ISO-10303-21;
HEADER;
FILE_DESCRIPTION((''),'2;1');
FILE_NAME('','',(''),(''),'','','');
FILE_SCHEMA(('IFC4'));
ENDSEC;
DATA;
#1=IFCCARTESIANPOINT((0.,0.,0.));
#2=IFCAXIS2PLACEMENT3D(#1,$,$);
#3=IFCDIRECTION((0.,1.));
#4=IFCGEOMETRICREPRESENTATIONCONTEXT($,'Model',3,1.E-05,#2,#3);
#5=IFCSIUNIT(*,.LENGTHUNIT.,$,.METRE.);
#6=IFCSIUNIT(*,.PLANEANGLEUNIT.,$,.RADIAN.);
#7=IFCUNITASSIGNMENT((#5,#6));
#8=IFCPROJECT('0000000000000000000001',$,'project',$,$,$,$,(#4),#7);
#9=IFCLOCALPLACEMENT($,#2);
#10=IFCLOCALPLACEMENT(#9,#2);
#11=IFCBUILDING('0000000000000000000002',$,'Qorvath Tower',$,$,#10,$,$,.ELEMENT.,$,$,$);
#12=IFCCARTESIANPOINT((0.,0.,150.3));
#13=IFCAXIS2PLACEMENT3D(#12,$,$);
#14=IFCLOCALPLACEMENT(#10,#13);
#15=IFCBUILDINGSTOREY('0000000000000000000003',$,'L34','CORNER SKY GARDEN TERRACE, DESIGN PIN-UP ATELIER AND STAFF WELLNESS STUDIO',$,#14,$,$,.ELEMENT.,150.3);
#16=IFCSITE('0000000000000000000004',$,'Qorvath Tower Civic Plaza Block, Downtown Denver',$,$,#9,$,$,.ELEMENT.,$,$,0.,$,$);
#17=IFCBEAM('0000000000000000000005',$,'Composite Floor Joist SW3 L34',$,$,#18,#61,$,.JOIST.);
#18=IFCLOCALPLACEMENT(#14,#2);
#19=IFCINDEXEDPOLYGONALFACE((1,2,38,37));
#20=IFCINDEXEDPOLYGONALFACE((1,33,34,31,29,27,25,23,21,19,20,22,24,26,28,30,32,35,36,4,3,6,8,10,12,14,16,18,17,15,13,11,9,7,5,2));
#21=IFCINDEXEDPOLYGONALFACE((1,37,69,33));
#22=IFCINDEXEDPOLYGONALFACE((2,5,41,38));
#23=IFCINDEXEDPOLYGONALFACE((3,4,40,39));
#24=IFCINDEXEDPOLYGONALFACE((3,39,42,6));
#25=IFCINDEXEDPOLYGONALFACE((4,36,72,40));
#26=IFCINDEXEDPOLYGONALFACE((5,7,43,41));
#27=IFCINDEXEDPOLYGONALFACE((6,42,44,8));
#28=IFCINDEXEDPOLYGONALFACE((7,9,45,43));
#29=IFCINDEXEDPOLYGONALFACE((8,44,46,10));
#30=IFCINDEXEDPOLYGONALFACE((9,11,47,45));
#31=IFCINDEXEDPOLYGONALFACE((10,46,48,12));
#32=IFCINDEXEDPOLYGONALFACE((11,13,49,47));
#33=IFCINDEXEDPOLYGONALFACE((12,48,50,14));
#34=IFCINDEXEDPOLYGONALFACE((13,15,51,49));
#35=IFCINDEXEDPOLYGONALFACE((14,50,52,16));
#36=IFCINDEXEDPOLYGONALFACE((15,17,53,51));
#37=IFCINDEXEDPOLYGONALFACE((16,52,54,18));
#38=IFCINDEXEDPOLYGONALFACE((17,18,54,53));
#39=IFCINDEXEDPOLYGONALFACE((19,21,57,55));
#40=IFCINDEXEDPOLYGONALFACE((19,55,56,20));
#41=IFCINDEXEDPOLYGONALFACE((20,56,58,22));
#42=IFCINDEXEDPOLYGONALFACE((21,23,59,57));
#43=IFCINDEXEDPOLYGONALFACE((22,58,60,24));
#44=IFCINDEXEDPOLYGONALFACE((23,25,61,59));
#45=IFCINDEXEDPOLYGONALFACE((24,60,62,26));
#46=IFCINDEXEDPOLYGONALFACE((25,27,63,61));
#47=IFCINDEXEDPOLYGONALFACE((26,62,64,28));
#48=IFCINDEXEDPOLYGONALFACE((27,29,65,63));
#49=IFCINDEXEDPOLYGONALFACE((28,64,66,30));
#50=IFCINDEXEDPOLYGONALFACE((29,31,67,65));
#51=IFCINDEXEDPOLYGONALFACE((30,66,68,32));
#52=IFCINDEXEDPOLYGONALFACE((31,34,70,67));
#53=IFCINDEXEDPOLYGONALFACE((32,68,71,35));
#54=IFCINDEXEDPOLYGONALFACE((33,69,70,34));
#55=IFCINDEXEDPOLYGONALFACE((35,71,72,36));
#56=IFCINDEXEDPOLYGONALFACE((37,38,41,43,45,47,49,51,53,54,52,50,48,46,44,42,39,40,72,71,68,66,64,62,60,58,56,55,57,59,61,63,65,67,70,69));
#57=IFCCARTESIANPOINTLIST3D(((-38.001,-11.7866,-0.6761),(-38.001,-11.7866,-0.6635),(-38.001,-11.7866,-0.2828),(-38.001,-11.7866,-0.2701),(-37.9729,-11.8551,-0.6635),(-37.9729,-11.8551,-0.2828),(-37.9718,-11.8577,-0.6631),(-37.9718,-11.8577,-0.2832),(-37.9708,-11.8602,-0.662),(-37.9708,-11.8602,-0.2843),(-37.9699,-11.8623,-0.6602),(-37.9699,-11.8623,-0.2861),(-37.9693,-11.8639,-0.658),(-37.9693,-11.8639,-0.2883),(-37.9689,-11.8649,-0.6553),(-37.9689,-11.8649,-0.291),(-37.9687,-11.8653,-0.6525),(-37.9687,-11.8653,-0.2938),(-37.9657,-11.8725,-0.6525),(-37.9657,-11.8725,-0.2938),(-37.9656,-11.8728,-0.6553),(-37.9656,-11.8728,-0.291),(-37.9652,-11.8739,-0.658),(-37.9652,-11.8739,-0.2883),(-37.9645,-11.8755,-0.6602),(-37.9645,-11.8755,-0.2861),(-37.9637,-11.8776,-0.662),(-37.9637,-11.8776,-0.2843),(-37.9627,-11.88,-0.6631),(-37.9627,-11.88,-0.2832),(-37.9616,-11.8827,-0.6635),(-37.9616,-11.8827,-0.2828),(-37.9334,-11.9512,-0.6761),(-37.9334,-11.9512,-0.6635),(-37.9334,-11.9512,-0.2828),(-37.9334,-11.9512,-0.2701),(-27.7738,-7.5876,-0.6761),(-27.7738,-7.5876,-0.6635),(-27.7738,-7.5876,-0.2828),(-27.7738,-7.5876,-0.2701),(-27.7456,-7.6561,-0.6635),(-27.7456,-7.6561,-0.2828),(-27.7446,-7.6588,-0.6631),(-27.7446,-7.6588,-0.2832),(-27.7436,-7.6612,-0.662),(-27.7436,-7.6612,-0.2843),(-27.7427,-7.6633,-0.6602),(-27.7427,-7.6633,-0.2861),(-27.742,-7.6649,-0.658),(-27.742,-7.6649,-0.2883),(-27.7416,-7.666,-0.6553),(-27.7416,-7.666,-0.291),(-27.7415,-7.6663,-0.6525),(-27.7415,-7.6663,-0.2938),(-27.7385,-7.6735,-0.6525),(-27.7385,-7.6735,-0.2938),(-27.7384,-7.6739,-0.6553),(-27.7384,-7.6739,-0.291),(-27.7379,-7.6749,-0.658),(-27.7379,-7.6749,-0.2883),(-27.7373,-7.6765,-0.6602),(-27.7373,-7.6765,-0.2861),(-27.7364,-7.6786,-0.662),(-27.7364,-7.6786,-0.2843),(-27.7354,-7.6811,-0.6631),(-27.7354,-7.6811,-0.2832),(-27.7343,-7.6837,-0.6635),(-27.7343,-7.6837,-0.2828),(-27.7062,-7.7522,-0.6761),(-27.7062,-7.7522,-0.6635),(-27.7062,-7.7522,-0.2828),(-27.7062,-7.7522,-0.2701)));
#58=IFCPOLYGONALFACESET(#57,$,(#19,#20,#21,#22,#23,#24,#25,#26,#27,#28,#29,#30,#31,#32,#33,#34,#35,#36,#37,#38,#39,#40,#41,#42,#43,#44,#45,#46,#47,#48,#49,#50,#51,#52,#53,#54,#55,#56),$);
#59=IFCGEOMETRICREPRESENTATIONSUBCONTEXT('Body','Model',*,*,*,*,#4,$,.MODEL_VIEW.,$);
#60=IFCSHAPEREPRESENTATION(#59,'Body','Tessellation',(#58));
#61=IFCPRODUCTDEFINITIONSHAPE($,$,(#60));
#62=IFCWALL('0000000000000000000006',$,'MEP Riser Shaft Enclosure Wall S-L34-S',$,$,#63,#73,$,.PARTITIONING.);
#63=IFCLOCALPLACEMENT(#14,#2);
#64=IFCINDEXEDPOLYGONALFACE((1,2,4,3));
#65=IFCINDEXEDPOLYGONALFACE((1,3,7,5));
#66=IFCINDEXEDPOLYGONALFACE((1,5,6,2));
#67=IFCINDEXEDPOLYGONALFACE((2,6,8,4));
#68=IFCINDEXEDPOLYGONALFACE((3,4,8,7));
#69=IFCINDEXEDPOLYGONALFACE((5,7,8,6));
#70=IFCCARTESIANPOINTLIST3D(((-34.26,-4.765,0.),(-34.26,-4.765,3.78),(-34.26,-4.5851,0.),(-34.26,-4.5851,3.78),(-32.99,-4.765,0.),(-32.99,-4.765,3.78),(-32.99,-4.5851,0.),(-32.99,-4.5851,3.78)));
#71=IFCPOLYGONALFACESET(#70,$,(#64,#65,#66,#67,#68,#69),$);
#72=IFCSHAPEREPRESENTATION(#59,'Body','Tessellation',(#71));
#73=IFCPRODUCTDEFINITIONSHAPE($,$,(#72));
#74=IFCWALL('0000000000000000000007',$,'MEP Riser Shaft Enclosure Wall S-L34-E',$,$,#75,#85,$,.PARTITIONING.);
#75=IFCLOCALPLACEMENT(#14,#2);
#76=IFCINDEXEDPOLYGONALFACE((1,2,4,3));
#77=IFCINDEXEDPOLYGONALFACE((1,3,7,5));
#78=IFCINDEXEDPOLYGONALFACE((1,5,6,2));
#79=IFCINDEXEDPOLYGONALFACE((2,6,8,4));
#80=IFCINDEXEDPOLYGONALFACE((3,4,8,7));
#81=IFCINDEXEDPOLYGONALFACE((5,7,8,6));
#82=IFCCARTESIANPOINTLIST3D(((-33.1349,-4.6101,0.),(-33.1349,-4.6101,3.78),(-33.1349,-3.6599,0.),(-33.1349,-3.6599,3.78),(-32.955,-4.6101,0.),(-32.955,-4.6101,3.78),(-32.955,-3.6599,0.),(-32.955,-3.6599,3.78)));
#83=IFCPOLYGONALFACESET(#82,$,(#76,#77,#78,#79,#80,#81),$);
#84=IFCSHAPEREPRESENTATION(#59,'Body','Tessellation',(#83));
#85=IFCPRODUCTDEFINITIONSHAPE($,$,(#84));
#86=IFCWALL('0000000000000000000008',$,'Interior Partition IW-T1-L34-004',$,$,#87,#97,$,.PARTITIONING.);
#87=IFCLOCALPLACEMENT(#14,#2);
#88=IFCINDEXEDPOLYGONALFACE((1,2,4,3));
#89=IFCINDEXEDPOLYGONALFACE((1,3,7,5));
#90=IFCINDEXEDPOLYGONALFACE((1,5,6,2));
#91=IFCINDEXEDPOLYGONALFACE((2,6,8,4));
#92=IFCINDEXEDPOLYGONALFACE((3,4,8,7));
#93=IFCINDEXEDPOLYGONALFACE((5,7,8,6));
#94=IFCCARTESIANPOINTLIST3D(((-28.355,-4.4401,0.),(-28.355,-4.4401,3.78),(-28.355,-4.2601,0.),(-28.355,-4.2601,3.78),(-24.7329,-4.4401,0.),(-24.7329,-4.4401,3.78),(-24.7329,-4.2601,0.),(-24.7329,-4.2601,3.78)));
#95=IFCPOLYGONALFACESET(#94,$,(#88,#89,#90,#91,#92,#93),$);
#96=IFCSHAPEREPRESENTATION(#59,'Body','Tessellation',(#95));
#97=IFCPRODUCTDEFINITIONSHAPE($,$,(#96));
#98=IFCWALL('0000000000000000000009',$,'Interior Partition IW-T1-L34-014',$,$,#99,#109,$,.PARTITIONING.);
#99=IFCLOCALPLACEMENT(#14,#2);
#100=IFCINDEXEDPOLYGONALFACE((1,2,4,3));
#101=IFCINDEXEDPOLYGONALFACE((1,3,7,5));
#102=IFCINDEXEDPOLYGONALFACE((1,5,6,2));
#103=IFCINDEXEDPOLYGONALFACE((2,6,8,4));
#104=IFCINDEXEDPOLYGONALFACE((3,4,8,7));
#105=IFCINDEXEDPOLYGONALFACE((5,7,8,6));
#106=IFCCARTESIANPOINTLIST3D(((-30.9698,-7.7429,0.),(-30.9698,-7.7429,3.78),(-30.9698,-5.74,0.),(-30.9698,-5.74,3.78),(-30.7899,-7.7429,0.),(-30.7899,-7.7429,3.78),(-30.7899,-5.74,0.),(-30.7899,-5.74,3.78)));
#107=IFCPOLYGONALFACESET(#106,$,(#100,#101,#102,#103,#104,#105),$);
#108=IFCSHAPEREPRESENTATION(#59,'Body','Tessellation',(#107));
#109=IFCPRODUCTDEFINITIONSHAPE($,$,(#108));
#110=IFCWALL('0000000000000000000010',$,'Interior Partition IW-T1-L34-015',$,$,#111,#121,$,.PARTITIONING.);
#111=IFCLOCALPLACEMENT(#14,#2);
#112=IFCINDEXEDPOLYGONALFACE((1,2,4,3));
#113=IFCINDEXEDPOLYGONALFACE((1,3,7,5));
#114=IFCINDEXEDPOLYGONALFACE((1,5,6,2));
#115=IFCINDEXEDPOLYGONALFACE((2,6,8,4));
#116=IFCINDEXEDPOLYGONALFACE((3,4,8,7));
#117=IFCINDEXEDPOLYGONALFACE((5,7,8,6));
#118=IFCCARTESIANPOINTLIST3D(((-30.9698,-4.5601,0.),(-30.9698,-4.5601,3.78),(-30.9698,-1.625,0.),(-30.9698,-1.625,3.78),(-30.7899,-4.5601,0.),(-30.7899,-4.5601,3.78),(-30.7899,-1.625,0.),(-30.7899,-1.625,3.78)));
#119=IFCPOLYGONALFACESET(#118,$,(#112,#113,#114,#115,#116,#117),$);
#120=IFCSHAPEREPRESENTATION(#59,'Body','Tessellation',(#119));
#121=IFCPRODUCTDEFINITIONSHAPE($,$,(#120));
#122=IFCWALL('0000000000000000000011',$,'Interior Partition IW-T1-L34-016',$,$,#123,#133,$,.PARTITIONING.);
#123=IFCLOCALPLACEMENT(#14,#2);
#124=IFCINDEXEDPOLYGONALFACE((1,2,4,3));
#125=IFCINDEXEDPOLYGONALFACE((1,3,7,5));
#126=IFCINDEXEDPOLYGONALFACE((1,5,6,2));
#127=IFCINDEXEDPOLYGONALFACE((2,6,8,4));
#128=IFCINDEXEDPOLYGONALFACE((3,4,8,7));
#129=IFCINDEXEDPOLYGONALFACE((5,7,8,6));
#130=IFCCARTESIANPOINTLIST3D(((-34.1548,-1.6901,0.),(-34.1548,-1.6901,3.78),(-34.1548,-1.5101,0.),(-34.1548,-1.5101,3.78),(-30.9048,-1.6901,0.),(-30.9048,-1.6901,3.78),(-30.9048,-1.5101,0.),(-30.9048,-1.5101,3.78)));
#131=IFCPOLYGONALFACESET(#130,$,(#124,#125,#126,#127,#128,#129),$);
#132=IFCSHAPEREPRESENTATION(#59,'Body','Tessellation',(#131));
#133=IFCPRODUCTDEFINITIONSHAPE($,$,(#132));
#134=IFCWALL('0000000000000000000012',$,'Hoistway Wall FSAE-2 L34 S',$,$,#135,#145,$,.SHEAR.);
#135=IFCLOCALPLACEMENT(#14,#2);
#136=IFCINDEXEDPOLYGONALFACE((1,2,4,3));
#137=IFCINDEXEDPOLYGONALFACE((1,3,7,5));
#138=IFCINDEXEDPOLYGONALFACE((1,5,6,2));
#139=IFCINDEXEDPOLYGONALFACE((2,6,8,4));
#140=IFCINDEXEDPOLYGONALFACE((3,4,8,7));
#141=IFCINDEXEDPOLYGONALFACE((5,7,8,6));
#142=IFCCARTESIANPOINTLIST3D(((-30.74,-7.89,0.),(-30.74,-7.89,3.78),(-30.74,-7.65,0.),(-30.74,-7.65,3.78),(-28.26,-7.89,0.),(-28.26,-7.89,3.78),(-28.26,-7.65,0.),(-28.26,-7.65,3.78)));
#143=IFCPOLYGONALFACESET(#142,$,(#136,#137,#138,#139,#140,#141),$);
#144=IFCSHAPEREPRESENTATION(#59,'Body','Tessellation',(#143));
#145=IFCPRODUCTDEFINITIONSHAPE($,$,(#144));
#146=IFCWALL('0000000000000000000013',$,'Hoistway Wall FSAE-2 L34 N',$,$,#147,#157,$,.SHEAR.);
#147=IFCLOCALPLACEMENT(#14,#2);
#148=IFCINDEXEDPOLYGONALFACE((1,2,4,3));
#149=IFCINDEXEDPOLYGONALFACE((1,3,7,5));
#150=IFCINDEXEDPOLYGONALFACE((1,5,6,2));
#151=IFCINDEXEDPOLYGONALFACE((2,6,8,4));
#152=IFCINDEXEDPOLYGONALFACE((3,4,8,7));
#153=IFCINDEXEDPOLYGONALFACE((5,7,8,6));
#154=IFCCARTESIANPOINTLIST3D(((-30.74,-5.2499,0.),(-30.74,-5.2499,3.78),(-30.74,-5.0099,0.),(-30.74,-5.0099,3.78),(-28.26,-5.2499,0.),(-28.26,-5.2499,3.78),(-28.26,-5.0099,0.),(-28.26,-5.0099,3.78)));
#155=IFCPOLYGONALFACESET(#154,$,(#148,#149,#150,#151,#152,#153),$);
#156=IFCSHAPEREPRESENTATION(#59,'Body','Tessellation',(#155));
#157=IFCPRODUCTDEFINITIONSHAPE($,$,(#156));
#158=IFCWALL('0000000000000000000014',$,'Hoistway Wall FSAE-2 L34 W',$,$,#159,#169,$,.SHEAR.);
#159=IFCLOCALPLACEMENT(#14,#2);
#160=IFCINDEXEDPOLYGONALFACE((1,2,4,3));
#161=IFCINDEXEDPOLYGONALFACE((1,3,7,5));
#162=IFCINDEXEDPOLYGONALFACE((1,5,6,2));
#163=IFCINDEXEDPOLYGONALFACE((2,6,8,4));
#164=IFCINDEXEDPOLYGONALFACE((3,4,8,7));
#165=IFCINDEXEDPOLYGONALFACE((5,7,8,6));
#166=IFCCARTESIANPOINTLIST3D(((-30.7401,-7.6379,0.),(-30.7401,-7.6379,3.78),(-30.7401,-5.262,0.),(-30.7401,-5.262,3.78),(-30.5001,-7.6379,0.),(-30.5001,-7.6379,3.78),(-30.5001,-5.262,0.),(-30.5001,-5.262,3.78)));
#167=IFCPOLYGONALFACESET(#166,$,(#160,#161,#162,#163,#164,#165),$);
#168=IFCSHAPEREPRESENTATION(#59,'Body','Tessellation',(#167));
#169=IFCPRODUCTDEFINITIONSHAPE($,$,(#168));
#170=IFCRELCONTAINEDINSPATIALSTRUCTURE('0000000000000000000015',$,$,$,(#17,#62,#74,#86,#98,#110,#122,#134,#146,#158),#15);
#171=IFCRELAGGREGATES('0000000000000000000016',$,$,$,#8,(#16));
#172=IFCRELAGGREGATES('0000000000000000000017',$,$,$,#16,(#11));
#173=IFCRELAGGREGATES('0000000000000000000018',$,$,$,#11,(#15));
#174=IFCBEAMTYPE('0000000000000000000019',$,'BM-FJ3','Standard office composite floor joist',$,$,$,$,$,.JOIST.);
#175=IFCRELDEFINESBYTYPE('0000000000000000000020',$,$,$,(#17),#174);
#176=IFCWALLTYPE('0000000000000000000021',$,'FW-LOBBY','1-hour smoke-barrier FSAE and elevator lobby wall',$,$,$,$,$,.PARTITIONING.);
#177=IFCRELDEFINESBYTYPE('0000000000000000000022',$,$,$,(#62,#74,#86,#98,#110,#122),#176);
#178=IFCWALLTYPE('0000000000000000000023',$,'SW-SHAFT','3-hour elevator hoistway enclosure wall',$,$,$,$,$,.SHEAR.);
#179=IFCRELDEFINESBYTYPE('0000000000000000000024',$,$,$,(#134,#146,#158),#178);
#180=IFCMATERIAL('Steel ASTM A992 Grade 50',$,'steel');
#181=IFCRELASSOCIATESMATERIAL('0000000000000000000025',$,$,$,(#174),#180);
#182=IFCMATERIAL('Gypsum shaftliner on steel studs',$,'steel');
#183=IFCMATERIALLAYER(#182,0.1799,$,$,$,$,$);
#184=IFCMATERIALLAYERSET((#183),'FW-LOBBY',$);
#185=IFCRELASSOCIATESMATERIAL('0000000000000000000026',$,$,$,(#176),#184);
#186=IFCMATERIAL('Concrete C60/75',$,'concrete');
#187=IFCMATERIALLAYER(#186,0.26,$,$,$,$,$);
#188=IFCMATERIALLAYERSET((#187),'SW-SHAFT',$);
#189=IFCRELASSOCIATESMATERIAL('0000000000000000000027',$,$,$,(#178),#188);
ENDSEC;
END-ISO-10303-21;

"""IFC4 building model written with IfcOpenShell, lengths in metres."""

from ifc_helpers import new_model, si_unit, direction, frame, frame_2d, origin, origin_2d, place, context, subcontext, project, spatial, rectangle, i_section, extrude, material, layer, layer_set, material_profile, profile_set, type_object, element, save


model = new_model("IFC4")

# Units and contexts
model_context = context("Model", 3, precision=1e-05, world=origin(), true_north=direction((0.0, 1.0)))
body_context = subcontext(model_context, "Body", "Model", "MODEL_VIEW")
ifc_project = project(units=[si_unit("LENGTHUNIT", "METRE"), si_unit("PLANEANGLEUNIT", "RADIAN")], contexts=[model_context])

# Site, building, storey
site_placement = place(None, origin())
site = spatial("IfcSite", under=ifc_project, at=site_placement, Name="Qorvath Tower Civic Plaza Block, Downtown Denver", CompositionType="ELEMENT", RefElevation=0.0)
building_placement = place(site_placement, origin())
building = spatial("IfcBuilding", under=site, at=building_placement, Name="Qorvath Tower", CompositionType="ELEMENT")
storey_placement = place(building_placement, frame((0.0, 0.0, 150.3)))
storey = spatial("IfcBuildingStorey", under=building, at=storey_placement, Name="L34", Description="CORNER SKY GARDEN TERRACE, DESIGN PIN-UP ATELIER AND STAFF WELLNESS STUDIO", CompositionType="ELEMENT", Elevation=150.3)

# Beam
ifc_material_1 = material(Name="Steel ASTM A992 Grade 50", Category="steel")
ifc_material_profile_1 = material_profile(ifc_material_1, i_section(OverallWidth=0.178, OverallDepth=0.406, WebThickness=0.0078, FlangeThickness=0.0127, FilletRadius=0.011, at=origin_2d()), Name="W16x40")
ifc_profile_set_1 = profile_set([ifc_material_profile_1], Name="Steel ASTM A992 Grade 50")
beam_type_1 = type_object("IfcBeamType", Name="BM-FJ3", Description="Standard office composite floor joist", PredefinedType="JOIST", material=ifc_profile_set_1)
beam_1_placement = place(storey_placement, frame((-27.74, -7.6699, -0.4731), z_axis=(-0.925068, -0.379801, 0.0), x_axis=(0.379801, -0.925068, 0.0)))
element("IfcBeam", 1, at=beam_1_placement, inside=storey, type_object=beam_type_1, Name="Composite Floor Joist SW3 L34", PredefinedType="JOIST", context=body_context, shape_type="SweptSolid", body=[
    extrude(i_section(OverallWidth=0.178, OverallDepth=0.406, WebThickness=0.0078, FlangeThickness=0.0127, FilletRadius=0.011, at=origin_2d()), origin(), (0.0, 0.0, 1.0), 11.0557),
])

# Walls
ifc_material_2 = material(Name="Gypsum shaftliner on steel studs", Category="steel")
ifc_layer_1 = layer(ifc_material_2, 0.1799)
ifc_layer_set_1 = layer_set([ifc_layer_1], Name="FW-LOBBY")
wall_type_1 = type_object("IfcWallType", Name="FW-LOBBY", Description="1-hour smoke-barrier FSAE and elevator lobby wall", PredefinedType="PARTITIONING", material=ifc_layer_set_1)
wall_1_placement = place(storey_placement, frame((-32.99, -4.675, 0.0), z_axis=(0.0, 0.0, 1.0), x_axis=(-1.0, 0.0, 0.0)))
element("IfcWall", 2, at=wall_1_placement, inside=storey, type_object=wall_type_1, Name="MEP Riser Shaft Enclosure Wall S-L34-S", PredefinedType="PARTITIONING", context=body_context, shape_type="SweptSolid", body=[
    extrude(rectangle(XDim=1.27, YDim=0.1799, at=frame_2d((0.635, 0.0))), origin(), (0.0, 0.0, 1.0), 3.78),
])
wall_2_placement = place(storey_placement, frame((-33.0449, -3.6599, 0.0), z_axis=(0.0, 0.0, 1.0), x_axis=(0.0, -1.0, 0.0)))
element("IfcWall", 3, at=wall_2_placement, inside=storey, type_object=wall_type_1, Name="MEP Riser Shaft Enclosure Wall S-L34-E", PredefinedType="PARTITIONING", context=body_context, shape_type="SweptSolid", body=[
    extrude(rectangle(XDim=0.9502, YDim=0.1799, at=frame_2d((0.4751, 0.0))), origin(), (0.0, 0.0, 1.0), 3.78),
])
wall_3_placement = place(storey_placement, frame((-24.7329, -4.3501, 0.0), z_axis=(0.0, 0.0, 1.0), x_axis=(-1.0, 0.0, 0.0)))
element("IfcWall", 4, at=wall_3_placement, inside=storey, type_object=wall_type_1, Name="Interior Partition IW-T1-L34-004", PredefinedType="PARTITIONING", context=body_context, shape_type="SweptSolid", body=[
    extrude(rectangle(XDim=3.6221, YDim=0.1799, at=frame_2d((1.811, 0.0))), origin(), (0.0, 0.0, 1.0), 3.78),
])
wall_4_placement = place(storey_placement, frame((-30.8799, -7.7429, 0.0), z_axis=(0.0, 0.0, 1.0), x_axis=(0.0, 1.0, 0.0)))
element("IfcWall", 5, at=wall_4_placement, inside=storey, type_object=wall_type_1, Name="Interior Partition IW-T1-L34-014", PredefinedType="PARTITIONING", context=body_context, shape_type="SweptSolid", body=[
    extrude(rectangle(XDim=2.0029, YDim=0.1799, at=frame_2d((1.0015, 0.0))), origin(), (0.0, 0.0, 1.0), 3.78),
])
wall_5_placement = place(storey_placement, frame((-30.8799, -4.5601, 0.0), z_axis=(0.0, 0.0, 1.0), x_axis=(0.0, 1.0, 0.0)))
element("IfcWall", 6, at=wall_5_placement, inside=storey, type_object=wall_type_1, Name="Interior Partition IW-T1-L34-015", PredefinedType="PARTITIONING", context=body_context, shape_type="SweptSolid", body=[
    extrude(rectangle(XDim=2.9351, YDim=0.1799, at=frame_2d((1.4675, 0.0))), origin(), (0.0, 0.0, 1.0), 3.78),
])
wall_6_placement = place(storey_placement, frame((-30.9048, -1.6001, 0.0), z_axis=(0.0, 0.0, 1.0), x_axis=(-1.0, 0.0, 0.0)))
element("IfcWall", 7, at=wall_6_placement, inside=storey, type_object=wall_type_1, Name="Interior Partition IW-T1-L34-016", PredefinedType="PARTITIONING", context=body_context, shape_type="SweptSolid", body=[
    extrude(rectangle(XDim=3.25, YDim=0.1799, at=frame_2d((1.625, 0.0))), origin(), (0.0, 0.0, 1.0), 3.78),
])
ifc_material_3 = material(Name="Concrete C60/75", Category="concrete")
ifc_layer_2 = layer(ifc_material_3, 0.26)
ifc_layer_set_2 = layer_set([ifc_layer_2], Name="SW-SHAFT")
wall_type_2 = type_object("IfcWallType", Name="SW-SHAFT", Description="3-hour elevator hoistway enclosure wall", PredefinedType="SHEAR", material=ifc_layer_set_2)
for number, where, z_axis, x_axis, name in (
    (8, (-28.26, -7.77, 0.0), (0.0, 0.0, 1.0), (-1.0, 0.0, 0.0), "Hoistway Wall FSAE-2 L34 S"),
    (9, (-30.74, -5.1299, 0.0), (0.0, 0.0, 1.0), (1.0, 0.0, 0.0), "Hoistway Wall FSAE-2 L34 N"),
):
    element("IfcWall", number, at=place(storey_placement, frame(where, z_axis=z_axis, x_axis=x_axis)), inside=storey, type_object=wall_type_2, Name=name, PredefinedType="SHEAR", context=body_context, shape_type="SweptSolid", body=[
        extrude(rectangle(XDim=2.48, YDim=0.24, at=frame_2d((1.24, 0.0))), origin(), (0.0, 0.0, 1.0), 3.78),
    ])
wall_7_placement = place(storey_placement, frame((-30.6201, -7.6379, 0.0), z_axis=(0.0, 0.0, 1.0), x_axis=(0.0, 1.0, 0.0)))
element("IfcWall", 10, at=wall_7_placement, inside=storey, type_object=wall_type_2, Name="Hoistway Wall FSAE-2 L34 W", PredefinedType="SHEAR", context=body_context, shape_type="SweptSolid", body=[
    extrude(rectangle(XDim=2.376, YDim=0.24, at=frame_2d((1.188, 0.0))), origin(), (0.0, 0.0, 1.0), 3.78),
])

save(model, "model.ifc")
